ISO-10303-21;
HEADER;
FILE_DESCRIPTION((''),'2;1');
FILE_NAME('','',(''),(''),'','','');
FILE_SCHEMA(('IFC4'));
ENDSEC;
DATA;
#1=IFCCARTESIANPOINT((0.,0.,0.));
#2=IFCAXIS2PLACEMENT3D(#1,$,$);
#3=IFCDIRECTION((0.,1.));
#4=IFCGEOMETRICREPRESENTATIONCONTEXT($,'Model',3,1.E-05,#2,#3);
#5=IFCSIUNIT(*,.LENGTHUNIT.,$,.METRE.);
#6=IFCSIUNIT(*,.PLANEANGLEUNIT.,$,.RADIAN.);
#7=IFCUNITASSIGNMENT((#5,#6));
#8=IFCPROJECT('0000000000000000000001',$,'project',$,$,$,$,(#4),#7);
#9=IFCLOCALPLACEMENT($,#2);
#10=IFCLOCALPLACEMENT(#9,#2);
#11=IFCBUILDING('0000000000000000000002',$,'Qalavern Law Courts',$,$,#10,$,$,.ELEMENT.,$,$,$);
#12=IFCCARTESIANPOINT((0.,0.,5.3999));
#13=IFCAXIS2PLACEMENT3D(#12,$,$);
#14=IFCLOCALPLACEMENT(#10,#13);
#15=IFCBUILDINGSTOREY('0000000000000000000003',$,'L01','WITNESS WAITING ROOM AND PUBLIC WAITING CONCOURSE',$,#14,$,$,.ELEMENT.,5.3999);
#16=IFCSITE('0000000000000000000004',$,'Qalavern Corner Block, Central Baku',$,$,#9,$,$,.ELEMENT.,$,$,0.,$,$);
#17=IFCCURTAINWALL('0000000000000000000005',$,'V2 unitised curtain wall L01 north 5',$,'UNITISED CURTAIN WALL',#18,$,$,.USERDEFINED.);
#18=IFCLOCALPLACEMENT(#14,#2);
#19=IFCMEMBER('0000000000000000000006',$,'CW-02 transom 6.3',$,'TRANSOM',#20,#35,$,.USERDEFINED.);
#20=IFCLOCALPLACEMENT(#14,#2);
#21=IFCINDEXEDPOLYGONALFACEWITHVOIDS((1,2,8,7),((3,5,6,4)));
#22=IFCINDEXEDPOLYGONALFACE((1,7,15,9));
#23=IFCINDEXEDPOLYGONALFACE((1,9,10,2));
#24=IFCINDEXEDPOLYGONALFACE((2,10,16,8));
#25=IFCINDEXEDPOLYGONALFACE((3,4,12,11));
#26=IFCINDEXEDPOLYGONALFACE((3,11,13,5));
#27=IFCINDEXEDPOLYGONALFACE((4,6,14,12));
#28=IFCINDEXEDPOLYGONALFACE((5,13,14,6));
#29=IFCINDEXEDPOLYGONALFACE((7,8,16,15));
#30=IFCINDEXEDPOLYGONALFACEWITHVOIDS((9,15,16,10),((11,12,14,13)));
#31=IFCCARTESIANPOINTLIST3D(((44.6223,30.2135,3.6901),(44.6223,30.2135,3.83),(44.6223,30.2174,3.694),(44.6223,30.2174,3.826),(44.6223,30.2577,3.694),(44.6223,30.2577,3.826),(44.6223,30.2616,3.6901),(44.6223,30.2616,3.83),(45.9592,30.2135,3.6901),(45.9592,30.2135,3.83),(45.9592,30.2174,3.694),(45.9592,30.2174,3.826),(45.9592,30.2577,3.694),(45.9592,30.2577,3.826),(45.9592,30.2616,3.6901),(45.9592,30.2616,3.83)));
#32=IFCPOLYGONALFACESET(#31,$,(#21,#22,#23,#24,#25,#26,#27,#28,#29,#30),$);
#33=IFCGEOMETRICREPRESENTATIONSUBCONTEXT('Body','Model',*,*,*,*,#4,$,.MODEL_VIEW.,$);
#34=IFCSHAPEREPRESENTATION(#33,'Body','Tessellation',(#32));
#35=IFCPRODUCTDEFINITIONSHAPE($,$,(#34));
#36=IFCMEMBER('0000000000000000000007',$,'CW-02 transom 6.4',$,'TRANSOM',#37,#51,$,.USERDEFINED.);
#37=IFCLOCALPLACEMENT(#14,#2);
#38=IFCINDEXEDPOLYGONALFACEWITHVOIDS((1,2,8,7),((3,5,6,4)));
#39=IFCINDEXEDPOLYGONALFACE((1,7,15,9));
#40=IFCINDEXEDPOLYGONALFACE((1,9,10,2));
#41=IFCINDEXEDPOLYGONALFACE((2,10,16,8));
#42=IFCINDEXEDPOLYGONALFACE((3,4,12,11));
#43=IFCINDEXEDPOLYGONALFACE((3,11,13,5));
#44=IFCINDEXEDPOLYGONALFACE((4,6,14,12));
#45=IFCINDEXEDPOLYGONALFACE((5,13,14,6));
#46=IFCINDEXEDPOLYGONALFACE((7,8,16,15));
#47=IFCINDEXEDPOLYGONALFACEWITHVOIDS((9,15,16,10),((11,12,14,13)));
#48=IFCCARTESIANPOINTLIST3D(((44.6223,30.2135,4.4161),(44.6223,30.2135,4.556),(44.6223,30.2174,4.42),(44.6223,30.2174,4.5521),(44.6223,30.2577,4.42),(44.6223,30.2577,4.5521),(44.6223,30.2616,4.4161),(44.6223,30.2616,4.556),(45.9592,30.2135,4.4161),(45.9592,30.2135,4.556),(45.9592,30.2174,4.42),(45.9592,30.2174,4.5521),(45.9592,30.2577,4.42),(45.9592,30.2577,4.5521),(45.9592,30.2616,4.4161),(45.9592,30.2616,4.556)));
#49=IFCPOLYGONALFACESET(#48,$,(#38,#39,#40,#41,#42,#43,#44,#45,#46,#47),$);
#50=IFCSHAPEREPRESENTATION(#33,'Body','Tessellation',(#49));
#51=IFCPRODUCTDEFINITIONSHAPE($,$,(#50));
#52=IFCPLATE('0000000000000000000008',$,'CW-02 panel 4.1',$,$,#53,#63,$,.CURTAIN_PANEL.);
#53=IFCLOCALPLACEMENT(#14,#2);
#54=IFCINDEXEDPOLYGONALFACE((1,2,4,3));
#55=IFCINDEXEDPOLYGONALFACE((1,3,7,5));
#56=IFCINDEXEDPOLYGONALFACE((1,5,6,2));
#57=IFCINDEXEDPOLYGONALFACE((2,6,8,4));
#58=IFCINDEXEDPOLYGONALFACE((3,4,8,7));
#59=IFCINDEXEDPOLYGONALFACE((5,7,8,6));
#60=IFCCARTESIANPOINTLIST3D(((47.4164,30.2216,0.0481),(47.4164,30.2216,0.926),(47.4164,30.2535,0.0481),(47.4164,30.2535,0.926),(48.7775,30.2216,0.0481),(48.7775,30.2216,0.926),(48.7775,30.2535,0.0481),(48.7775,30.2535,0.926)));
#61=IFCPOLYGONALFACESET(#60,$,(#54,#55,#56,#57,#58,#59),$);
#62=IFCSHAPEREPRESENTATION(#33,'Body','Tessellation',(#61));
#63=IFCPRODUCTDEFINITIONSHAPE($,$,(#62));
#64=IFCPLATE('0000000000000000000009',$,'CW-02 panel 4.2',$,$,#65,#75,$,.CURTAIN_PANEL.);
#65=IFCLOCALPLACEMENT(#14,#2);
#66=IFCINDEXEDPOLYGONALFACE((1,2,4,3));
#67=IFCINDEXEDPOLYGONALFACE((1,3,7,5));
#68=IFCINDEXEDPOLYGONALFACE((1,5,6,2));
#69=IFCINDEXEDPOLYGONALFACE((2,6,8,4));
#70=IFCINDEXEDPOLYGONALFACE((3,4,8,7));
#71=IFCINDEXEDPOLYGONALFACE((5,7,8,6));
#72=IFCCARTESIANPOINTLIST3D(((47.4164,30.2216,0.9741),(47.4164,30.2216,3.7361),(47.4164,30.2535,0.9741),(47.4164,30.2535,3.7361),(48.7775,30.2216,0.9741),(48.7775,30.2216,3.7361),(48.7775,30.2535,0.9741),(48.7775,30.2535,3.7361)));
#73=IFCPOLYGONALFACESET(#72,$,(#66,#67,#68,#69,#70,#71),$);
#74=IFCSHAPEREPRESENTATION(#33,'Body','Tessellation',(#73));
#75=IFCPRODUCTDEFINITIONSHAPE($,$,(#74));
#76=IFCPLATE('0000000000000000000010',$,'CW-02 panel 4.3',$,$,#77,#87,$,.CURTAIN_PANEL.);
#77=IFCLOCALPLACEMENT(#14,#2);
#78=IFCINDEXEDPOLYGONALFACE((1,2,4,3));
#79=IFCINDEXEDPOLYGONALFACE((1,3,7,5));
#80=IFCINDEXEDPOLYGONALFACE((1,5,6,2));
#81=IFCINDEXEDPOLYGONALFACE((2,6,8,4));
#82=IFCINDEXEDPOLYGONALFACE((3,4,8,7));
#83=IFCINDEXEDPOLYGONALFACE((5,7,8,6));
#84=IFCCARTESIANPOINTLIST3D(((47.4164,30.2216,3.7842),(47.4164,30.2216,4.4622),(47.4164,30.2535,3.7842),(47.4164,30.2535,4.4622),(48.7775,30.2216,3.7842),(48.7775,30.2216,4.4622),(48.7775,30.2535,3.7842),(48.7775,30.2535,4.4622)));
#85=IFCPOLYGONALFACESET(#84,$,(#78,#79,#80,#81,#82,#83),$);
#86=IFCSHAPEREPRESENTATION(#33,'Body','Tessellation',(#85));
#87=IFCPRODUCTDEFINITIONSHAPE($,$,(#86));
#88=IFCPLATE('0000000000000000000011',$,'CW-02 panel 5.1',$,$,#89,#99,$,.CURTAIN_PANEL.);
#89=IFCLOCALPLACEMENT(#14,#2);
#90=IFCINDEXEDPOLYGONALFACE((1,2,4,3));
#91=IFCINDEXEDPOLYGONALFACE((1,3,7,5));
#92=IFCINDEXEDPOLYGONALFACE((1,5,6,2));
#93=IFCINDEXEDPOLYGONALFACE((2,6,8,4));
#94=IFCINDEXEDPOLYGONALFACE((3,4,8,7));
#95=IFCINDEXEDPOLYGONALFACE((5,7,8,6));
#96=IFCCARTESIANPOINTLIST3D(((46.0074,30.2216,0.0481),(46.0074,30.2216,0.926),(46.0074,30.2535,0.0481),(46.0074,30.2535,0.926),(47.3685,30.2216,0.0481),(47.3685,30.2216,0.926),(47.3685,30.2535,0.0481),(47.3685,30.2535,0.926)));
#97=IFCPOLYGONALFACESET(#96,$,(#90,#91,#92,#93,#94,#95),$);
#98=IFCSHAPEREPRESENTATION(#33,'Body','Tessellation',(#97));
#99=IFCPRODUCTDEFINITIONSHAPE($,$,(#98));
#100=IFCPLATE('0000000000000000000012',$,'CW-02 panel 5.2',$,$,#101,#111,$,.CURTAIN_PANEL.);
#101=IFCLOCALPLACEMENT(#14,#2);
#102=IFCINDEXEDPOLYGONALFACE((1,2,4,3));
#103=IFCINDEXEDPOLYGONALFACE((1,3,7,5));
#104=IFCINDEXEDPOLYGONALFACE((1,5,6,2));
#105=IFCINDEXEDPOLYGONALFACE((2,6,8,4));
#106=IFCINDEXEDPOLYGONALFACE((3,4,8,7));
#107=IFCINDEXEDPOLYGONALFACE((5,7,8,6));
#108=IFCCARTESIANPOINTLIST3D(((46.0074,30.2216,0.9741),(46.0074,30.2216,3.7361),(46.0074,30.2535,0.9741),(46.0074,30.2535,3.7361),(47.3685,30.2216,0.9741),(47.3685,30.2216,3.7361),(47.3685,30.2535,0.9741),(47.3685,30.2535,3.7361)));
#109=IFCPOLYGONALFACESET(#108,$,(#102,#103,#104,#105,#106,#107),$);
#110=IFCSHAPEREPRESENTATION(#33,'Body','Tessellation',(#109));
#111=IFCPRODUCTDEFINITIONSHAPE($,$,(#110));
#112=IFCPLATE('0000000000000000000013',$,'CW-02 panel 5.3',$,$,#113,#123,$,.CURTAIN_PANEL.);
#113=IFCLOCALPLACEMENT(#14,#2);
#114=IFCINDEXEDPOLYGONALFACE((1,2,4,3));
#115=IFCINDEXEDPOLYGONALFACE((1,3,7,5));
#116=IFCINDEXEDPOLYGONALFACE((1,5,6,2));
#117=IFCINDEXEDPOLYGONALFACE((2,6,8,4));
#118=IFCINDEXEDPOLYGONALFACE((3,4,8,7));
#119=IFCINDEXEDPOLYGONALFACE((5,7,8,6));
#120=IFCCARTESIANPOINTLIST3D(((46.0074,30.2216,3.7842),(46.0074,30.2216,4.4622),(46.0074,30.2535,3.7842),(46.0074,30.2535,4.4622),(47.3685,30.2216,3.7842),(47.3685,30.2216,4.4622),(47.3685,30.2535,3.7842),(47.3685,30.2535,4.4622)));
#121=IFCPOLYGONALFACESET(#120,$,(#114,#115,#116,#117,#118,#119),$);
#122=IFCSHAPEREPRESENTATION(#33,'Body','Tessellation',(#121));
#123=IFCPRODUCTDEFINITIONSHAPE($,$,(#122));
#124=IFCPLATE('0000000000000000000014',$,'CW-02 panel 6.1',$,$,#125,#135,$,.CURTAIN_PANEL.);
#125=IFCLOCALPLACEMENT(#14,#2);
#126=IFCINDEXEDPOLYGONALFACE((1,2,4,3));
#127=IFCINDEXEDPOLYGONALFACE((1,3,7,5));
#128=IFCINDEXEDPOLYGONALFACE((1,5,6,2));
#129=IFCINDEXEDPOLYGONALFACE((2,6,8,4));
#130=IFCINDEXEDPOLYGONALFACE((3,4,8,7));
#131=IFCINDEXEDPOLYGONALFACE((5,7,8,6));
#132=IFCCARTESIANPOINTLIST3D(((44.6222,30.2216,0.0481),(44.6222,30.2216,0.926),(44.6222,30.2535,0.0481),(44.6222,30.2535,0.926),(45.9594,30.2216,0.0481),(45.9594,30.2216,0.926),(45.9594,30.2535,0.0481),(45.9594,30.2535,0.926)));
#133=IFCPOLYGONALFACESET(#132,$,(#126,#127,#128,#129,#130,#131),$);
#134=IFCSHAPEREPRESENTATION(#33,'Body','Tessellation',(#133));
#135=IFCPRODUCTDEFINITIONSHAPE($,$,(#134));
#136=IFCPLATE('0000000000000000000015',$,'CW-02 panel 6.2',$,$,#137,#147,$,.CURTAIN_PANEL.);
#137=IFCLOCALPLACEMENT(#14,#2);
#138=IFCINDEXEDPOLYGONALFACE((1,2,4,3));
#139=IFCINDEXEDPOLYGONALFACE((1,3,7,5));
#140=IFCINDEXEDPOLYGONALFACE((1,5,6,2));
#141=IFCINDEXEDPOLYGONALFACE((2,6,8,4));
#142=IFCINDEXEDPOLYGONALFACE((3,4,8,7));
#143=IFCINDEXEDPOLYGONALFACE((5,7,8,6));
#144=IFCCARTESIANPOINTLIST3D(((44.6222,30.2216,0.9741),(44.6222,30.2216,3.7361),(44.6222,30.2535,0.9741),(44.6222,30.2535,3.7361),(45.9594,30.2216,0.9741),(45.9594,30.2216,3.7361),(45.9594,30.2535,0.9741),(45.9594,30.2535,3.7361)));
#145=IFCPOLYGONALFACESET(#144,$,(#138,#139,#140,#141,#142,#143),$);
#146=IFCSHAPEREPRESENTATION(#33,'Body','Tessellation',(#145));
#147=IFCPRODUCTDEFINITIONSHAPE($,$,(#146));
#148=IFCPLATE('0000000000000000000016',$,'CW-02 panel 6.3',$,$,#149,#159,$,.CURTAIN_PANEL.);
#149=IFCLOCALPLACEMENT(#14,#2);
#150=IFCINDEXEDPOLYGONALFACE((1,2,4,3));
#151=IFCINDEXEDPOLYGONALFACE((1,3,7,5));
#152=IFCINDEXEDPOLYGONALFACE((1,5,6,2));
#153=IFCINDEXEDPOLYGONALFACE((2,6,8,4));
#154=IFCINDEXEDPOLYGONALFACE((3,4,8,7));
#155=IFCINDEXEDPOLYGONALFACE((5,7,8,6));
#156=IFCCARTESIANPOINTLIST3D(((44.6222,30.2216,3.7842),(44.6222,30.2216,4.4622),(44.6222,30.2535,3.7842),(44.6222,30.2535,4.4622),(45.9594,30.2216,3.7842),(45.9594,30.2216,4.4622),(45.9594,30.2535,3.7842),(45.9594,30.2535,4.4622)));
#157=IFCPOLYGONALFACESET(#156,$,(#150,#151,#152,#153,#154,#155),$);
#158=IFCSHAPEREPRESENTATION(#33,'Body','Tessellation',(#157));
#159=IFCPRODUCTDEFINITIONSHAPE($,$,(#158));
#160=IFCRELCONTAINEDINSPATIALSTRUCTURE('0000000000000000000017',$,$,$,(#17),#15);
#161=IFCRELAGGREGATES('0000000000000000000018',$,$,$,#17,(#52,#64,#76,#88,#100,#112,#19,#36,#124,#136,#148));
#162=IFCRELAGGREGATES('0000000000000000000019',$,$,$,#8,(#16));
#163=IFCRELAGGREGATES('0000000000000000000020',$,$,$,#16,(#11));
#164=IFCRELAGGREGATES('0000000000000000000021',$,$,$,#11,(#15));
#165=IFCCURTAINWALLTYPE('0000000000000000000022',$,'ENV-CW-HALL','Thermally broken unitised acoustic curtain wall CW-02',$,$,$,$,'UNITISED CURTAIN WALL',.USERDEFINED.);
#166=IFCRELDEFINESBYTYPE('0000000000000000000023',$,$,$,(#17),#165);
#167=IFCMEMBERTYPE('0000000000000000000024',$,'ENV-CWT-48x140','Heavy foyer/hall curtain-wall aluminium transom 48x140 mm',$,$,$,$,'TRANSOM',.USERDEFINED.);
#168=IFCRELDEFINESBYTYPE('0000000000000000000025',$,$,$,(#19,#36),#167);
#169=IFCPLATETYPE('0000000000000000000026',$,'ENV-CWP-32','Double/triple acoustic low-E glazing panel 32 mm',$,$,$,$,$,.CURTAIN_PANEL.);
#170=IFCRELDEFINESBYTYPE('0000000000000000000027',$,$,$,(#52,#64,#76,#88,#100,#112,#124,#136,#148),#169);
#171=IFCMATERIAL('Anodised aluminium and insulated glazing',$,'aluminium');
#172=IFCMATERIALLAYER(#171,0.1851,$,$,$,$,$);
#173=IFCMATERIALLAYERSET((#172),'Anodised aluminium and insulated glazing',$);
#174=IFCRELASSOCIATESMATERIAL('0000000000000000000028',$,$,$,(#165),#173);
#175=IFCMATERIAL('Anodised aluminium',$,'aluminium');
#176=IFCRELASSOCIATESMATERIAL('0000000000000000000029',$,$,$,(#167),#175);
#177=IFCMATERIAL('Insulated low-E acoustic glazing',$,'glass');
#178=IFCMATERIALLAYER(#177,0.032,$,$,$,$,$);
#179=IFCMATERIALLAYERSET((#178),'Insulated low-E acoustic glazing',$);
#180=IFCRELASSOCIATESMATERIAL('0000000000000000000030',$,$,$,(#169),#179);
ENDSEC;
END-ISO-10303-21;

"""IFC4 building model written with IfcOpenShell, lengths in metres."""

from ifc_helpers import new_model, si_unit, direction, frame, origin, origin_2d, place, context, subcontext, project, spatial, rectangle, hollow_rectangle, extrude, material, layer, layer_set, material_profile, profile_set, type_object, element, aggregate, save


model = new_model("IFC4")

# Units and contexts
model_context = context("Model", 3, precision=1e-05, world=origin(), true_north=direction((0.0, 1.0)))
body_context = subcontext(model_context, "Body", "Model", "MODEL_VIEW")
ifc_project = project(units=[si_unit("LENGTHUNIT", "METRE"), si_unit("PLANEANGLEUNIT", "RADIAN")], contexts=[model_context])

# Site, building, storey
site_placement = place(None, origin())
site = spatial("IfcSite", under=ifc_project, at=site_placement, Name="Qalavern Corner Block, Central Baku", CompositionType="ELEMENT", RefElevation=0.0)
building_placement = place(site_placement, origin())
building = spatial("IfcBuilding", under=site, at=building_placement, Name="Qalavern Law Courts", CompositionType="ELEMENT")
storey_placement = place(building_placement, frame((0.0, 0.0, 5.3999)))
storey = spatial("IfcBuildingStorey", under=building, at=storey_placement, Name="L01", Description="WITNESS WAITING ROOM AND PUBLIC WAITING CONCOURSE", CompositionType="ELEMENT", Elevation=5.3999)

# Curtain wall, members, plates
ifc_material_1 = material(Name="Anodised aluminium and insulated glazing", Category="aluminium")
ifc_layer_1 = layer(ifc_material_1, 0.1851)
ifc_layer_set_1 = layer_set([ifc_layer_1], Name="Anodised aluminium and insulated glazing")
curtain_wall_type = type_object("IfcCurtainWallType", Name="ENV-CW-HALL", Description="Thermally broken unitised acoustic curtain wall CW-02", ElementType="UNITISED CURTAIN WALL", PredefinedType="USERDEFINED", material=ifc_layer_set_1)
curtain_wall_placement = place(storey_placement, origin())
curtain_wall = element("IfcCurtainWall", 1, at=curtain_wall_placement, inside=storey, type_object=curtain_wall_type, Name="V2 unitised curtain wall L01 north 5", ObjectType="UNITISED CURTAIN WALL", PredefinedType="USERDEFINED")
ifc_material_2 = material(Name="Anodised aluminium", Category="aluminium")
ifc_material_profile_1 = material_profile(ifc_material_2, hollow_rectangle(XDim=0.0481, YDim=0.1399, WallThickness=0.0039, at=origin_2d()), Name="ALU TRANSOM 48x140")
ifc_profile_set_1 = profile_set([ifc_material_profile_1], Name="Anodised aluminium")
member_type_1 = type_object("IfcMemberType", Name="ENV-CWT-48x140", Description="Heavy foyer/hall curtain-wall aluminium transom 48x140 mm", ElementType="TRANSOM", PredefinedType="USERDEFINED", material=ifc_profile_set_1)
member_1_placement = place(storey_placement, frame((45.9592, 30.2375, 3.76), z_axis=(-1.0, 0.0, 0.0), x_axis=(0.0, -1.0, 0.0)))
member_1 = element("IfcMember", 2, at=member_1_placement, type_object=member_type_1, Name="CW-02 transom 6.3", ObjectType="TRANSOM", PredefinedType="USERDEFINED", context=body_context, shape_type="SweptSolid", body=[
    extrude(hollow_rectangle(XDim=0.0481, YDim=0.1399, WallThickness=0.0039, at=origin_2d()), origin(), (0.0, 0.0, 1.0), 1.3369),
])
member_2_placement = place(storey_placement, frame((45.9592, 30.2375, 4.4861), z_axis=(-1.0, 0.0, 0.0), x_axis=(0.0, -1.0, 0.0)))
member_2 = element("IfcMember", 3, at=member_2_placement, type_object=member_type_1, Name="CW-02 transom 6.4", ObjectType="TRANSOM", PredefinedType="USERDEFINED", context=body_context, shape_type="SweptSolid", body=[
    extrude(hollow_rectangle(XDim=0.0481, YDim=0.1399, WallThickness=0.0039, at=origin_2d()), origin(), (0.0, 0.0, 1.0), 1.3369),
])
ifc_material_3 = material(Name="Insulated low-E acoustic glazing", Category="glass")
ifc_layer_2 = layer(ifc_material_3, 0.032)
ifc_layer_set_2 = layer_set([ifc_layer_2], Name="Insulated low-E acoustic glazing")
plate_type = type_object("IfcPlateType", Name="ENV-CWP-32", Description="Double/triple acoustic low-E glazing panel 32 mm", PredefinedType="CURTAIN_PANEL", material=ifc_layer_set_2)
plate_1_placement = place(storey_placement, frame((48.0969, 30.2375, 0.0481), z_axis=(0.0, 0.0, 1.0), x_axis=(-1.0, 0.0, 0.0)))
plate_1 = element("IfcPlate", 4, at=plate_1_placement, type_object=plate_type, Name="CW-02 panel 4.1", PredefinedType="CURTAIN_PANEL", context=body_context, shape_type="SweptSolid", body=[
    extrude(rectangle(XDim=1.3611, YDim=0.032, at=origin_2d()), origin(), (0.0, 0.0, 1.0), 0.8779),
])
plate_2_placement = place(storey_placement, frame((48.0969, 30.2375, 0.9741), z_axis=(0.0, 0.0, 1.0), x_axis=(-1.0, 0.0, 0.0)))
plate_2 = element("IfcPlate", 5, at=plate_2_placement, type_object=plate_type, Name="CW-02 panel 4.2", PredefinedType="CURTAIN_PANEL", context=body_context, shape_type="SweptSolid", body=[
    extrude(rectangle(XDim=1.3611, YDim=0.032, at=origin_2d()), origin(), (0.0, 0.0, 1.0), 2.762),
])
plate_3_placement = place(storey_placement, frame((48.0969, 30.2375, 3.7842), z_axis=(0.0, 0.0, 1.0), x_axis=(-1.0, 0.0, 0.0)))
plate_3 = element("IfcPlate", 6, at=plate_3_placement, type_object=plate_type, Name="CW-02 panel 4.3", PredefinedType="CURTAIN_PANEL", context=body_context, shape_type="SweptSolid", body=[
    extrude(rectangle(XDim=1.3611, YDim=0.032, at=origin_2d()), origin(), (0.0, 0.0, 1.0), 0.678),
])
plate_4_placement = place(storey_placement, frame((46.688, 30.2375, 0.0481), z_axis=(0.0, 0.0, 1.0), x_axis=(-1.0, 0.0, 0.0)))
plate_4 = element("IfcPlate", 7, at=plate_4_placement, type_object=plate_type, Name="CW-02 panel 5.1", PredefinedType="CURTAIN_PANEL", context=body_context, shape_type="SweptSolid", body=[
    extrude(rectangle(XDim=1.3611, YDim=0.032, at=origin_2d()), origin(), (0.0, 0.0, 1.0), 0.8779),
])
plate_5_placement = place(storey_placement, frame((46.688, 30.2375, 0.9741), z_axis=(0.0, 0.0, 1.0), x_axis=(-1.0, 0.0, 0.0)))
plate_5 = element("IfcPlate", 8, at=plate_5_placement, type_object=plate_type, Name="CW-02 panel 5.2", PredefinedType="CURTAIN_PANEL", context=body_context, shape_type="SweptSolid", body=[
    extrude(rectangle(XDim=1.3611, YDim=0.032, at=origin_2d()), origin(), (0.0, 0.0, 1.0), 2.762),
])
plate_6_placement = place(storey_placement, frame((46.688, 30.2375, 3.7842), z_axis=(0.0, 0.0, 1.0), x_axis=(-1.0, 0.0, 0.0)))
plate_6 = element("IfcPlate", 9, at=plate_6_placement, type_object=plate_type, Name="CW-02 panel 5.3", PredefinedType="CURTAIN_PANEL", context=body_context, shape_type="SweptSolid", body=[
    extrude(rectangle(XDim=1.3611, YDim=0.032, at=origin_2d()), origin(), (0.0, 0.0, 1.0), 0.678),
])
plate_7_placement = place(storey_placement, frame((45.2908, 30.2375, 0.0481), z_axis=(0.0, 0.0, 1.0), x_axis=(-1.0, 0.0, 0.0)))
plate_7 = element("IfcPlate", 10, at=plate_7_placement, type_object=plate_type, Name="CW-02 panel 6.1", PredefinedType="CURTAIN_PANEL", context=body_context, shape_type="SweptSolid", body=[
    extrude(rectangle(XDim=1.3372, YDim=0.032, at=origin_2d()), origin(), (0.0, 0.0, 1.0), 0.8779),
])
plate_8_placement = place(storey_placement, frame((45.2908, 30.2375, 0.9741), z_axis=(0.0, 0.0, 1.0), x_axis=(-1.0, 0.0, 0.0)))
plate_8 = element("IfcPlate", 11, at=plate_8_placement, type_object=plate_type, Name="CW-02 panel 6.2", PredefinedType="CURTAIN_PANEL", context=body_context, shape_type="SweptSolid", body=[
    extrude(rectangle(XDim=1.3372, YDim=0.032, at=origin_2d()), origin(), (0.0, 0.0, 1.0), 2.762),
])
plate_9_placement = place(storey_placement, frame((45.2908, 30.2375, 3.7842), z_axis=(0.0, 0.0, 1.0), x_axis=(-1.0, 0.0, 0.0)))
plate_9 = element("IfcPlate", 12, at=plate_9_placement, type_object=plate_type, Name="CW-02 panel 6.3", PredefinedType="CURTAIN_PANEL", context=body_context, shape_type="SweptSolid", body=[
    extrude(rectangle(XDim=1.3372, YDim=0.032, at=origin_2d()), origin(), (0.0, 0.0, 1.0), 0.678),
])
aggregate(curtain_wall, [plate_1, plate_2, plate_3, plate_4, plate_5, plate_6, member_1, member_2, plate_7, plate_8, plate_9])

save(model, "model.ifc")
